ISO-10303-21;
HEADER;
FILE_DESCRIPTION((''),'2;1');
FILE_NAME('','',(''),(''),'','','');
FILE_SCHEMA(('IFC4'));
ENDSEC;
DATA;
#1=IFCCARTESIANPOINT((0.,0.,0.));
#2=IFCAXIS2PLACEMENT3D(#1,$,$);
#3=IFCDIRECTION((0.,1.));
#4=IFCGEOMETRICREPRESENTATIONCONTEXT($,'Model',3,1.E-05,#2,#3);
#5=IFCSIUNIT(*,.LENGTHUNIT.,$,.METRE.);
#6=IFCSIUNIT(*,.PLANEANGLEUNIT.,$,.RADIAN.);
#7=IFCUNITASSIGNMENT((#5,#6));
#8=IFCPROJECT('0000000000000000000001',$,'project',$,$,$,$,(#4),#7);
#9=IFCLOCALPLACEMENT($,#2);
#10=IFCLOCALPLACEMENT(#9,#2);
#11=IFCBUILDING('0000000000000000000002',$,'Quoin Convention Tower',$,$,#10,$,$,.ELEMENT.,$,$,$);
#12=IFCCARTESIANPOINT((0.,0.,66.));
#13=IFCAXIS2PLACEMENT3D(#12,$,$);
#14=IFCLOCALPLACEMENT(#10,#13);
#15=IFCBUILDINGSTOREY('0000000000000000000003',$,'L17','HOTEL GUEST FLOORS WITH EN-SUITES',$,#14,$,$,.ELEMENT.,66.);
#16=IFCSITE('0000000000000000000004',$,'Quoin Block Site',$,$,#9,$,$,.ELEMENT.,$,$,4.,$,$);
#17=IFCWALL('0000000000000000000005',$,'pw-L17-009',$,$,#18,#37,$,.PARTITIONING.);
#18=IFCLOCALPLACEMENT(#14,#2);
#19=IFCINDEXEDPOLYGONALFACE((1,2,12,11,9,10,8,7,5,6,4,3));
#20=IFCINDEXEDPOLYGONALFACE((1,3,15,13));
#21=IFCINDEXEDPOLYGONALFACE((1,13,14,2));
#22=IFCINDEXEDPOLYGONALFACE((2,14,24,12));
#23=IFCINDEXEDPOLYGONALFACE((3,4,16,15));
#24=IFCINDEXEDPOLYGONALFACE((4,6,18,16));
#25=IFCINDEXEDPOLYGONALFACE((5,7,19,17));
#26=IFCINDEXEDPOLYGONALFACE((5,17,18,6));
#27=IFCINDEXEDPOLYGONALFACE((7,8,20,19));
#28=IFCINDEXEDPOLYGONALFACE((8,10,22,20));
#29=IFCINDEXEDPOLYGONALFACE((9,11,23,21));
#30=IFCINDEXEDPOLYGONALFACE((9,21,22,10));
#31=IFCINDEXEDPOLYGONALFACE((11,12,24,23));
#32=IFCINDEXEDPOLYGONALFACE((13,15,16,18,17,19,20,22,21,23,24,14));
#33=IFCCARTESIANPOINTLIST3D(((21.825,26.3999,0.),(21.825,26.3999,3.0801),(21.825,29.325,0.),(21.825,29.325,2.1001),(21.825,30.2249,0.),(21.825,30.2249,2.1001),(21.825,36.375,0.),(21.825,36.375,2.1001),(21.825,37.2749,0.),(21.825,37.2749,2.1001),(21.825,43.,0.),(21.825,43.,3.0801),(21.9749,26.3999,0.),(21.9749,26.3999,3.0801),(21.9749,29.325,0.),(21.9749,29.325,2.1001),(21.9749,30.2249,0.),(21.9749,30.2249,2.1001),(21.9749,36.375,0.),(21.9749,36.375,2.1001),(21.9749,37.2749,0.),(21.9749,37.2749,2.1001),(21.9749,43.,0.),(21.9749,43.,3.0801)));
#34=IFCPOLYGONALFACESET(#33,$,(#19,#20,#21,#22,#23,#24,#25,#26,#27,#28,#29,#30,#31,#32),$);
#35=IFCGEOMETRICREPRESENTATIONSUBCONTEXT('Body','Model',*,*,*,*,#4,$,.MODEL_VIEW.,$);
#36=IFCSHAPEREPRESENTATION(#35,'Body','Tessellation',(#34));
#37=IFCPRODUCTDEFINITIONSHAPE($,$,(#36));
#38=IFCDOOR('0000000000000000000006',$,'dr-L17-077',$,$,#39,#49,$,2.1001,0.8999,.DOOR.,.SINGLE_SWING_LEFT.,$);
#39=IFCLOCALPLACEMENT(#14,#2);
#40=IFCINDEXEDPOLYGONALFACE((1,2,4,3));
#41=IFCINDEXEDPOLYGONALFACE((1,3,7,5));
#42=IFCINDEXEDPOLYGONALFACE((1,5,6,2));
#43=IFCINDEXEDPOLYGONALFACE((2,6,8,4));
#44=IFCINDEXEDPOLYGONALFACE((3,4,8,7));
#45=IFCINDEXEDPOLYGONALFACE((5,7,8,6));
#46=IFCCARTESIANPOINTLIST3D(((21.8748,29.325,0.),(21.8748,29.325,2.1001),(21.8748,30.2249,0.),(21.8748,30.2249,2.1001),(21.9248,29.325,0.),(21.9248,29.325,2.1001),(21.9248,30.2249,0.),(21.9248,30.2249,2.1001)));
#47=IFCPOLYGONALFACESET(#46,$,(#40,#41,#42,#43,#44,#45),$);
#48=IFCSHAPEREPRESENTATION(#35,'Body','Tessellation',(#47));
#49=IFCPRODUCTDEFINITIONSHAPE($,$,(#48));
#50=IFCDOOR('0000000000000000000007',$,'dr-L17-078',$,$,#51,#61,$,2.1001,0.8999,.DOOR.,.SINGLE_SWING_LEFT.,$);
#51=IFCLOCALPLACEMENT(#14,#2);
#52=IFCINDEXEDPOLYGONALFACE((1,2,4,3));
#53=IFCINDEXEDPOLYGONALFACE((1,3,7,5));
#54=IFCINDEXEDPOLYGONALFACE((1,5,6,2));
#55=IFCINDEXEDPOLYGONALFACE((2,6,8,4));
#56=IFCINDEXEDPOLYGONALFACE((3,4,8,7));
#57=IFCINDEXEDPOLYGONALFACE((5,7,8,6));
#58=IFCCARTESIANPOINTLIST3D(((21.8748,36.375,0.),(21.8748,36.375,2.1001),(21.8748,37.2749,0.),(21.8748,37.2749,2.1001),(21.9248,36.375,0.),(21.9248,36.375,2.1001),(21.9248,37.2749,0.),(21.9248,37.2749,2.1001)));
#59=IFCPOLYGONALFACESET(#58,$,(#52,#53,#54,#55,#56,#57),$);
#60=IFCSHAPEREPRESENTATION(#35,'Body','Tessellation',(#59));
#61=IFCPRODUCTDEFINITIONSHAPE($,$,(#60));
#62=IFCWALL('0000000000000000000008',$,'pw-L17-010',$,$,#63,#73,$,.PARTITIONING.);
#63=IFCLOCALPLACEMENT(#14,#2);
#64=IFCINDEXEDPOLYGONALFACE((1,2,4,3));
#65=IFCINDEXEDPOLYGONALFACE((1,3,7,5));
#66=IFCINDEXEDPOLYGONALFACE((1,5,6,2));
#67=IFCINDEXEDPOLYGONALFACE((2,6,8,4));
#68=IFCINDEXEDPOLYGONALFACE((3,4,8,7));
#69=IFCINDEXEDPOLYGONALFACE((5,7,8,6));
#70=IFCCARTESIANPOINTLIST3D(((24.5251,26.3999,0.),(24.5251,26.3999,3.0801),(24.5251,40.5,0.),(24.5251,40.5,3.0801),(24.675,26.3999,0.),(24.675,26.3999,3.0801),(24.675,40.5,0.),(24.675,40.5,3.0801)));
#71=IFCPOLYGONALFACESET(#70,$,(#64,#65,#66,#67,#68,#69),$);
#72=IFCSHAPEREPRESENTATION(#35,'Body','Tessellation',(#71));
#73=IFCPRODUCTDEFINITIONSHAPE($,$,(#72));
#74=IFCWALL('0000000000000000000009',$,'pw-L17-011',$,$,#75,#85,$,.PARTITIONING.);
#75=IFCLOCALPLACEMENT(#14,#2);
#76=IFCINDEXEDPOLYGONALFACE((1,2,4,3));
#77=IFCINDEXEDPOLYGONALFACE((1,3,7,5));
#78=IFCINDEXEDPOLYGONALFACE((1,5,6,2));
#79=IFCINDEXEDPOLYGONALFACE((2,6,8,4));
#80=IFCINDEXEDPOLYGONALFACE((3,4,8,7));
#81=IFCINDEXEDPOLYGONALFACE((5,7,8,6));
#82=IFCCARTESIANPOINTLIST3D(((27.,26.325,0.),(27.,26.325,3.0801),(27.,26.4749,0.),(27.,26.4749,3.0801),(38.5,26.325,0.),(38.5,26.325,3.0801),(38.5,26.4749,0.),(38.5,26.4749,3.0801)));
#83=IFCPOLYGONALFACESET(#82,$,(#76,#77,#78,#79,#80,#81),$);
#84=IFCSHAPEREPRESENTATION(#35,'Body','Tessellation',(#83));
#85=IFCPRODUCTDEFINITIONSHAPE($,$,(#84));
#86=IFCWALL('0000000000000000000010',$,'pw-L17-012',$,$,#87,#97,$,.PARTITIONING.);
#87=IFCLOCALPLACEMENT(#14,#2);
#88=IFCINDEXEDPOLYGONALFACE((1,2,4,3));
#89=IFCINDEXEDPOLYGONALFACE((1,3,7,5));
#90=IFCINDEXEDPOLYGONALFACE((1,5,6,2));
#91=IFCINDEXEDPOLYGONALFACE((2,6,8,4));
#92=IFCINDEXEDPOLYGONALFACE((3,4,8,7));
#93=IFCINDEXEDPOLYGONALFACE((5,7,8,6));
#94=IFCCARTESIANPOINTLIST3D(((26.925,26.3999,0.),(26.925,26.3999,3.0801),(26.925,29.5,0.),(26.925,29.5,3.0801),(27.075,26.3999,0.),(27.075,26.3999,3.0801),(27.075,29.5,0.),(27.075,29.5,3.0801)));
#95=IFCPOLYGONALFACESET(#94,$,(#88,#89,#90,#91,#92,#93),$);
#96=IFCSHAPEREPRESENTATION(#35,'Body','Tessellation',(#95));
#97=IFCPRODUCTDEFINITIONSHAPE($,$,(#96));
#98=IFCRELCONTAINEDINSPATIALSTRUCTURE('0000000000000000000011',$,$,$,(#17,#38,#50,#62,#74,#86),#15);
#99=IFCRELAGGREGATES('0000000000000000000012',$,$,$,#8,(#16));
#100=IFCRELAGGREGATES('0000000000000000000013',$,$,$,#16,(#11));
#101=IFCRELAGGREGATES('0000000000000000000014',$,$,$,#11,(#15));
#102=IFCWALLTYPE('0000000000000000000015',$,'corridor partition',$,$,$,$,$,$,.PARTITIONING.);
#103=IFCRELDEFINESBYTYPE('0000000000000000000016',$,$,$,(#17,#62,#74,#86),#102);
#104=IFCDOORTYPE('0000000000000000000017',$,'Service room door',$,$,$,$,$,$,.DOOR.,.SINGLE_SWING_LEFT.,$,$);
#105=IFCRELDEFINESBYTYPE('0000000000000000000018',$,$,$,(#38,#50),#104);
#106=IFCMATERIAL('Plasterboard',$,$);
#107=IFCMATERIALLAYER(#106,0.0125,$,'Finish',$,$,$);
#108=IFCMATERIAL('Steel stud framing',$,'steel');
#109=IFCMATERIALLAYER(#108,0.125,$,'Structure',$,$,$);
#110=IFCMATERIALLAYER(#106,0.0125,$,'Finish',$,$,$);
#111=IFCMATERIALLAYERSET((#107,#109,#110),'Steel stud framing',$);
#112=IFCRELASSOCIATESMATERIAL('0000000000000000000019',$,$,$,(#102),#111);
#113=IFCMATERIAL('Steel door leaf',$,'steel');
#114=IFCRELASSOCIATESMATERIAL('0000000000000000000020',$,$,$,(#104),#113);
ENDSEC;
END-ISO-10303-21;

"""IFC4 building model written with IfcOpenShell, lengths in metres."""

from ifc_helpers import new_model, si_unit, direction, frame, frame_2d, origin, place, context, subcontext, project, spatial, rectangle, extrude, material, layer, layer_set, type_object, element, fill, save


model = new_model("IFC4")

# Units and contexts
model_context = context("Model", 3, precision=1e-05, world=origin(), true_north=direction((0.0, 1.0)))
body_context = subcontext(model_context, "Body", "Model", "MODEL_VIEW")
ifc_project = project(units=[si_unit("LENGTHUNIT", "METRE"), si_unit("PLANEANGLEUNIT", "RADIAN")], contexts=[model_context])

# Site, building, storey
site_placement = place(None, origin())
site = spatial("IfcSite", under=ifc_project, at=site_placement, Name="Quoin Block Site", CompositionType="ELEMENT", RefElevation=4.0)
building_placement = place(site_placement, origin())
building = spatial("IfcBuilding", under=site, at=building_placement, Name="Quoin Convention Tower", CompositionType="ELEMENT")
storey_placement = place(building_placement, frame((0.0, 0.0, 66.0)))
storey = spatial("IfcBuildingStorey", under=building, at=storey_placement, Name="L17", Description="HOTEL GUEST FLOORS WITH EN-SUITES", CompositionType="ELEMENT", Elevation=66.0)

# Shared definitions
ifc_material_1 = material(Name="Plasterboard")
ifc_layer_1 = layer(ifc_material_1, 0.0125, Name="Finish")
ifc_material_2 = material(Name="Steel stud framing", Category="steel")
ifc_layer_2 = layer(ifc_material_2, 0.125, Name="Structure")
ifc_layer_3 = layer(ifc_material_1, 0.0125, Name="Finish")
ifc_layer_set = layer_set([ifc_layer_1, ifc_layer_2, ifc_layer_3], Name="Steel stud framing")
wall_type = type_object("IfcWallType", Name="corridor partition", PredefinedType="PARTITIONING", material=ifc_layer_set)
ifc_material_3 = material(Name="Steel door leaf", Category="steel")
door_type_1 = type_object("IfcDoorType", Name="Service room door", OperationType="SINGLE_SWING_LEFT", PredefinedType="DOOR", material=ifc_material_3)

# Wall, openings, doors
wall_1_placement = place(storey_placement, frame((21.8999, 26.3999, 0.0), z_axis=(0.0, 0.0, 1.0), x_axis=(0.0, 1.0, 0.0)))
wall_1 = element("IfcWall", 1, at=wall_1_placement, inside=storey, type_object=wall_type, Name="pw-L17-009", PredefinedType="PARTITIONING", context=body_context, shape_type="SweptSolid", body=[
    extrude(rectangle(XDim=16.6001, YDim=0.1499, at=frame_2d((8.3, 0.0))), origin(), (0.0, 0.0, 1.0), 3.0801),
])
opening_1_placement = place(wall_1_placement, frame((2.925, 0.0, 0.0)))
opening_1 = element("IfcOpeningElement", 2, at=opening_1_placement, cuts=wall_1, PredefinedType="OPENING", context=body_context, shape_type="SweptSolid", body=[
    extrude(rectangle(XDim=0.8999, YDim=2.1001, at=frame_2d((0.45, 1.05))), frame((0.0, 0.085, 0.0), z_axis=(0.0, -1.0, 0.0), x_axis=(1.0, 0.0, 0.0)), (0.0, 0.0, 1.0), 0.1699),
])
opening_2_placement = place(wall_1_placement, frame((9.9751, 0.0, 0.0)))
opening_2 = element("IfcOpeningElement", 3, at=opening_2_placement, cuts=wall_1, PredefinedType="OPENING", context=body_context, shape_type="SweptSolid", body=[
    extrude(rectangle(XDim=0.8999, YDim=2.1001, at=frame_2d((0.45, 1.05))), frame((0.0, 0.085, 0.0), z_axis=(0.0, -1.0, 0.0), x_axis=(1.0, 0.0, 0.0)), (0.0, 0.0, 1.0), 0.1699),
])
door_1_placement = place(opening_1_placement, frame((0.8999, 0.0, 0.0), z_axis=(0.0, 0.0, 1.0), x_axis=(-1.0, 0.0, 0.0)))
door_1 = element("IfcDoor", 4, at=door_1_placement, inside=storey, type_object=door_type_1, Name="dr-L17-077", OperationType="SINGLE_SWING_LEFT", OverallHeight=2.1001, OverallWidth=0.8999, PredefinedType="DOOR", context=body_context, shape_type="SweptSolid", body=[
    extrude(rectangle(XDim=0.8999, YDim=2.1001, at=frame_2d((0.45, 1.05))), frame((0.0, 0.0249, 0.0), z_axis=(0.0, -1.0, 0.0), x_axis=(1.0, 0.0, 0.0)), (0.0, 0.0, 1.0), 0.05),
])
fill(opening_1, door_1)
door_2_placement = place(opening_2_placement, frame((0.8999, 0.0, 0.0), z_axis=(0.0, 0.0, 1.0), x_axis=(-1.0, 0.0, 0.0)))
door_2 = element("IfcDoor", 5, at=door_2_placement, inside=storey, type_object=door_type_1, Name="dr-L17-078", OperationType="SINGLE_SWING_LEFT", OverallHeight=2.1001, OverallWidth=0.8999, PredefinedType="DOOR", context=body_context, shape_type="SweptSolid", body=[
    extrude(rectangle(XDim=0.8999, YDim=2.1001, at=frame_2d((0.45, 1.05))), frame((0.0, 0.0249, 0.0), z_axis=(0.0, -1.0, 0.0), x_axis=(1.0, 0.0, 0.0)), (0.0, 0.0, 1.0), 0.05),
])
fill(opening_2, door_2)

# Walls
wall_2_placement = place(storey_placement, frame((24.6001, 26.3999, 0.0), z_axis=(0.0, 0.0, 1.0), x_axis=(0.0, 1.0, 0.0)))
element("IfcWall", 6, at=wall_2_placement, inside=storey, type_object=wall_type, Name="pw-L17-010", PredefinedType="PARTITIONING", context=body_context, shape_type="SweptSolid", body=[
    extrude(rectangle(XDim=14.1001, YDim=0.1499, at=frame_2d((7.05, 0.0))), origin(), (0.0, 0.0, 1.0), 3.0801),
])
wall_3_placement = place(storey_placement, frame((27.0, 26.3999, 0.0), z_axis=(0.0, 0.0, 1.0), x_axis=(1.0, 0.0, 0.0)))
element("IfcWall", 7, at=wall_3_placement, inside=storey, type_object=wall_type, Name="pw-L17-011", PredefinedType="PARTITIONING", context=body_context, shape_type="SweptSolid", body=[
    extrude(rectangle(XDim=11.5, YDim=0.1499, at=frame_2d((5.75, 0.0))), origin(), (0.0, 0.0, 1.0), 3.0801),
])
wall_4_placement = place(storey_placement, frame((27.0, 26.3999, 0.0), z_axis=(0.0, 0.0, 1.0), x_axis=(0.0, 1.0, 0.0)))
element("IfcWall", 8, at=wall_4_placement, inside=storey, type_object=wall_type, Name="pw-L17-012", PredefinedType="PARTITIONING", context=body_context, shape_type="SweptSolid", body=[
    extrude(rectangle(XDim=3.1001, YDim=0.1499, at=frame_2d((1.55, 0.0))), origin(), (0.0, 0.0, 1.0), 3.0801),
])

save(model, "model.ifc")
